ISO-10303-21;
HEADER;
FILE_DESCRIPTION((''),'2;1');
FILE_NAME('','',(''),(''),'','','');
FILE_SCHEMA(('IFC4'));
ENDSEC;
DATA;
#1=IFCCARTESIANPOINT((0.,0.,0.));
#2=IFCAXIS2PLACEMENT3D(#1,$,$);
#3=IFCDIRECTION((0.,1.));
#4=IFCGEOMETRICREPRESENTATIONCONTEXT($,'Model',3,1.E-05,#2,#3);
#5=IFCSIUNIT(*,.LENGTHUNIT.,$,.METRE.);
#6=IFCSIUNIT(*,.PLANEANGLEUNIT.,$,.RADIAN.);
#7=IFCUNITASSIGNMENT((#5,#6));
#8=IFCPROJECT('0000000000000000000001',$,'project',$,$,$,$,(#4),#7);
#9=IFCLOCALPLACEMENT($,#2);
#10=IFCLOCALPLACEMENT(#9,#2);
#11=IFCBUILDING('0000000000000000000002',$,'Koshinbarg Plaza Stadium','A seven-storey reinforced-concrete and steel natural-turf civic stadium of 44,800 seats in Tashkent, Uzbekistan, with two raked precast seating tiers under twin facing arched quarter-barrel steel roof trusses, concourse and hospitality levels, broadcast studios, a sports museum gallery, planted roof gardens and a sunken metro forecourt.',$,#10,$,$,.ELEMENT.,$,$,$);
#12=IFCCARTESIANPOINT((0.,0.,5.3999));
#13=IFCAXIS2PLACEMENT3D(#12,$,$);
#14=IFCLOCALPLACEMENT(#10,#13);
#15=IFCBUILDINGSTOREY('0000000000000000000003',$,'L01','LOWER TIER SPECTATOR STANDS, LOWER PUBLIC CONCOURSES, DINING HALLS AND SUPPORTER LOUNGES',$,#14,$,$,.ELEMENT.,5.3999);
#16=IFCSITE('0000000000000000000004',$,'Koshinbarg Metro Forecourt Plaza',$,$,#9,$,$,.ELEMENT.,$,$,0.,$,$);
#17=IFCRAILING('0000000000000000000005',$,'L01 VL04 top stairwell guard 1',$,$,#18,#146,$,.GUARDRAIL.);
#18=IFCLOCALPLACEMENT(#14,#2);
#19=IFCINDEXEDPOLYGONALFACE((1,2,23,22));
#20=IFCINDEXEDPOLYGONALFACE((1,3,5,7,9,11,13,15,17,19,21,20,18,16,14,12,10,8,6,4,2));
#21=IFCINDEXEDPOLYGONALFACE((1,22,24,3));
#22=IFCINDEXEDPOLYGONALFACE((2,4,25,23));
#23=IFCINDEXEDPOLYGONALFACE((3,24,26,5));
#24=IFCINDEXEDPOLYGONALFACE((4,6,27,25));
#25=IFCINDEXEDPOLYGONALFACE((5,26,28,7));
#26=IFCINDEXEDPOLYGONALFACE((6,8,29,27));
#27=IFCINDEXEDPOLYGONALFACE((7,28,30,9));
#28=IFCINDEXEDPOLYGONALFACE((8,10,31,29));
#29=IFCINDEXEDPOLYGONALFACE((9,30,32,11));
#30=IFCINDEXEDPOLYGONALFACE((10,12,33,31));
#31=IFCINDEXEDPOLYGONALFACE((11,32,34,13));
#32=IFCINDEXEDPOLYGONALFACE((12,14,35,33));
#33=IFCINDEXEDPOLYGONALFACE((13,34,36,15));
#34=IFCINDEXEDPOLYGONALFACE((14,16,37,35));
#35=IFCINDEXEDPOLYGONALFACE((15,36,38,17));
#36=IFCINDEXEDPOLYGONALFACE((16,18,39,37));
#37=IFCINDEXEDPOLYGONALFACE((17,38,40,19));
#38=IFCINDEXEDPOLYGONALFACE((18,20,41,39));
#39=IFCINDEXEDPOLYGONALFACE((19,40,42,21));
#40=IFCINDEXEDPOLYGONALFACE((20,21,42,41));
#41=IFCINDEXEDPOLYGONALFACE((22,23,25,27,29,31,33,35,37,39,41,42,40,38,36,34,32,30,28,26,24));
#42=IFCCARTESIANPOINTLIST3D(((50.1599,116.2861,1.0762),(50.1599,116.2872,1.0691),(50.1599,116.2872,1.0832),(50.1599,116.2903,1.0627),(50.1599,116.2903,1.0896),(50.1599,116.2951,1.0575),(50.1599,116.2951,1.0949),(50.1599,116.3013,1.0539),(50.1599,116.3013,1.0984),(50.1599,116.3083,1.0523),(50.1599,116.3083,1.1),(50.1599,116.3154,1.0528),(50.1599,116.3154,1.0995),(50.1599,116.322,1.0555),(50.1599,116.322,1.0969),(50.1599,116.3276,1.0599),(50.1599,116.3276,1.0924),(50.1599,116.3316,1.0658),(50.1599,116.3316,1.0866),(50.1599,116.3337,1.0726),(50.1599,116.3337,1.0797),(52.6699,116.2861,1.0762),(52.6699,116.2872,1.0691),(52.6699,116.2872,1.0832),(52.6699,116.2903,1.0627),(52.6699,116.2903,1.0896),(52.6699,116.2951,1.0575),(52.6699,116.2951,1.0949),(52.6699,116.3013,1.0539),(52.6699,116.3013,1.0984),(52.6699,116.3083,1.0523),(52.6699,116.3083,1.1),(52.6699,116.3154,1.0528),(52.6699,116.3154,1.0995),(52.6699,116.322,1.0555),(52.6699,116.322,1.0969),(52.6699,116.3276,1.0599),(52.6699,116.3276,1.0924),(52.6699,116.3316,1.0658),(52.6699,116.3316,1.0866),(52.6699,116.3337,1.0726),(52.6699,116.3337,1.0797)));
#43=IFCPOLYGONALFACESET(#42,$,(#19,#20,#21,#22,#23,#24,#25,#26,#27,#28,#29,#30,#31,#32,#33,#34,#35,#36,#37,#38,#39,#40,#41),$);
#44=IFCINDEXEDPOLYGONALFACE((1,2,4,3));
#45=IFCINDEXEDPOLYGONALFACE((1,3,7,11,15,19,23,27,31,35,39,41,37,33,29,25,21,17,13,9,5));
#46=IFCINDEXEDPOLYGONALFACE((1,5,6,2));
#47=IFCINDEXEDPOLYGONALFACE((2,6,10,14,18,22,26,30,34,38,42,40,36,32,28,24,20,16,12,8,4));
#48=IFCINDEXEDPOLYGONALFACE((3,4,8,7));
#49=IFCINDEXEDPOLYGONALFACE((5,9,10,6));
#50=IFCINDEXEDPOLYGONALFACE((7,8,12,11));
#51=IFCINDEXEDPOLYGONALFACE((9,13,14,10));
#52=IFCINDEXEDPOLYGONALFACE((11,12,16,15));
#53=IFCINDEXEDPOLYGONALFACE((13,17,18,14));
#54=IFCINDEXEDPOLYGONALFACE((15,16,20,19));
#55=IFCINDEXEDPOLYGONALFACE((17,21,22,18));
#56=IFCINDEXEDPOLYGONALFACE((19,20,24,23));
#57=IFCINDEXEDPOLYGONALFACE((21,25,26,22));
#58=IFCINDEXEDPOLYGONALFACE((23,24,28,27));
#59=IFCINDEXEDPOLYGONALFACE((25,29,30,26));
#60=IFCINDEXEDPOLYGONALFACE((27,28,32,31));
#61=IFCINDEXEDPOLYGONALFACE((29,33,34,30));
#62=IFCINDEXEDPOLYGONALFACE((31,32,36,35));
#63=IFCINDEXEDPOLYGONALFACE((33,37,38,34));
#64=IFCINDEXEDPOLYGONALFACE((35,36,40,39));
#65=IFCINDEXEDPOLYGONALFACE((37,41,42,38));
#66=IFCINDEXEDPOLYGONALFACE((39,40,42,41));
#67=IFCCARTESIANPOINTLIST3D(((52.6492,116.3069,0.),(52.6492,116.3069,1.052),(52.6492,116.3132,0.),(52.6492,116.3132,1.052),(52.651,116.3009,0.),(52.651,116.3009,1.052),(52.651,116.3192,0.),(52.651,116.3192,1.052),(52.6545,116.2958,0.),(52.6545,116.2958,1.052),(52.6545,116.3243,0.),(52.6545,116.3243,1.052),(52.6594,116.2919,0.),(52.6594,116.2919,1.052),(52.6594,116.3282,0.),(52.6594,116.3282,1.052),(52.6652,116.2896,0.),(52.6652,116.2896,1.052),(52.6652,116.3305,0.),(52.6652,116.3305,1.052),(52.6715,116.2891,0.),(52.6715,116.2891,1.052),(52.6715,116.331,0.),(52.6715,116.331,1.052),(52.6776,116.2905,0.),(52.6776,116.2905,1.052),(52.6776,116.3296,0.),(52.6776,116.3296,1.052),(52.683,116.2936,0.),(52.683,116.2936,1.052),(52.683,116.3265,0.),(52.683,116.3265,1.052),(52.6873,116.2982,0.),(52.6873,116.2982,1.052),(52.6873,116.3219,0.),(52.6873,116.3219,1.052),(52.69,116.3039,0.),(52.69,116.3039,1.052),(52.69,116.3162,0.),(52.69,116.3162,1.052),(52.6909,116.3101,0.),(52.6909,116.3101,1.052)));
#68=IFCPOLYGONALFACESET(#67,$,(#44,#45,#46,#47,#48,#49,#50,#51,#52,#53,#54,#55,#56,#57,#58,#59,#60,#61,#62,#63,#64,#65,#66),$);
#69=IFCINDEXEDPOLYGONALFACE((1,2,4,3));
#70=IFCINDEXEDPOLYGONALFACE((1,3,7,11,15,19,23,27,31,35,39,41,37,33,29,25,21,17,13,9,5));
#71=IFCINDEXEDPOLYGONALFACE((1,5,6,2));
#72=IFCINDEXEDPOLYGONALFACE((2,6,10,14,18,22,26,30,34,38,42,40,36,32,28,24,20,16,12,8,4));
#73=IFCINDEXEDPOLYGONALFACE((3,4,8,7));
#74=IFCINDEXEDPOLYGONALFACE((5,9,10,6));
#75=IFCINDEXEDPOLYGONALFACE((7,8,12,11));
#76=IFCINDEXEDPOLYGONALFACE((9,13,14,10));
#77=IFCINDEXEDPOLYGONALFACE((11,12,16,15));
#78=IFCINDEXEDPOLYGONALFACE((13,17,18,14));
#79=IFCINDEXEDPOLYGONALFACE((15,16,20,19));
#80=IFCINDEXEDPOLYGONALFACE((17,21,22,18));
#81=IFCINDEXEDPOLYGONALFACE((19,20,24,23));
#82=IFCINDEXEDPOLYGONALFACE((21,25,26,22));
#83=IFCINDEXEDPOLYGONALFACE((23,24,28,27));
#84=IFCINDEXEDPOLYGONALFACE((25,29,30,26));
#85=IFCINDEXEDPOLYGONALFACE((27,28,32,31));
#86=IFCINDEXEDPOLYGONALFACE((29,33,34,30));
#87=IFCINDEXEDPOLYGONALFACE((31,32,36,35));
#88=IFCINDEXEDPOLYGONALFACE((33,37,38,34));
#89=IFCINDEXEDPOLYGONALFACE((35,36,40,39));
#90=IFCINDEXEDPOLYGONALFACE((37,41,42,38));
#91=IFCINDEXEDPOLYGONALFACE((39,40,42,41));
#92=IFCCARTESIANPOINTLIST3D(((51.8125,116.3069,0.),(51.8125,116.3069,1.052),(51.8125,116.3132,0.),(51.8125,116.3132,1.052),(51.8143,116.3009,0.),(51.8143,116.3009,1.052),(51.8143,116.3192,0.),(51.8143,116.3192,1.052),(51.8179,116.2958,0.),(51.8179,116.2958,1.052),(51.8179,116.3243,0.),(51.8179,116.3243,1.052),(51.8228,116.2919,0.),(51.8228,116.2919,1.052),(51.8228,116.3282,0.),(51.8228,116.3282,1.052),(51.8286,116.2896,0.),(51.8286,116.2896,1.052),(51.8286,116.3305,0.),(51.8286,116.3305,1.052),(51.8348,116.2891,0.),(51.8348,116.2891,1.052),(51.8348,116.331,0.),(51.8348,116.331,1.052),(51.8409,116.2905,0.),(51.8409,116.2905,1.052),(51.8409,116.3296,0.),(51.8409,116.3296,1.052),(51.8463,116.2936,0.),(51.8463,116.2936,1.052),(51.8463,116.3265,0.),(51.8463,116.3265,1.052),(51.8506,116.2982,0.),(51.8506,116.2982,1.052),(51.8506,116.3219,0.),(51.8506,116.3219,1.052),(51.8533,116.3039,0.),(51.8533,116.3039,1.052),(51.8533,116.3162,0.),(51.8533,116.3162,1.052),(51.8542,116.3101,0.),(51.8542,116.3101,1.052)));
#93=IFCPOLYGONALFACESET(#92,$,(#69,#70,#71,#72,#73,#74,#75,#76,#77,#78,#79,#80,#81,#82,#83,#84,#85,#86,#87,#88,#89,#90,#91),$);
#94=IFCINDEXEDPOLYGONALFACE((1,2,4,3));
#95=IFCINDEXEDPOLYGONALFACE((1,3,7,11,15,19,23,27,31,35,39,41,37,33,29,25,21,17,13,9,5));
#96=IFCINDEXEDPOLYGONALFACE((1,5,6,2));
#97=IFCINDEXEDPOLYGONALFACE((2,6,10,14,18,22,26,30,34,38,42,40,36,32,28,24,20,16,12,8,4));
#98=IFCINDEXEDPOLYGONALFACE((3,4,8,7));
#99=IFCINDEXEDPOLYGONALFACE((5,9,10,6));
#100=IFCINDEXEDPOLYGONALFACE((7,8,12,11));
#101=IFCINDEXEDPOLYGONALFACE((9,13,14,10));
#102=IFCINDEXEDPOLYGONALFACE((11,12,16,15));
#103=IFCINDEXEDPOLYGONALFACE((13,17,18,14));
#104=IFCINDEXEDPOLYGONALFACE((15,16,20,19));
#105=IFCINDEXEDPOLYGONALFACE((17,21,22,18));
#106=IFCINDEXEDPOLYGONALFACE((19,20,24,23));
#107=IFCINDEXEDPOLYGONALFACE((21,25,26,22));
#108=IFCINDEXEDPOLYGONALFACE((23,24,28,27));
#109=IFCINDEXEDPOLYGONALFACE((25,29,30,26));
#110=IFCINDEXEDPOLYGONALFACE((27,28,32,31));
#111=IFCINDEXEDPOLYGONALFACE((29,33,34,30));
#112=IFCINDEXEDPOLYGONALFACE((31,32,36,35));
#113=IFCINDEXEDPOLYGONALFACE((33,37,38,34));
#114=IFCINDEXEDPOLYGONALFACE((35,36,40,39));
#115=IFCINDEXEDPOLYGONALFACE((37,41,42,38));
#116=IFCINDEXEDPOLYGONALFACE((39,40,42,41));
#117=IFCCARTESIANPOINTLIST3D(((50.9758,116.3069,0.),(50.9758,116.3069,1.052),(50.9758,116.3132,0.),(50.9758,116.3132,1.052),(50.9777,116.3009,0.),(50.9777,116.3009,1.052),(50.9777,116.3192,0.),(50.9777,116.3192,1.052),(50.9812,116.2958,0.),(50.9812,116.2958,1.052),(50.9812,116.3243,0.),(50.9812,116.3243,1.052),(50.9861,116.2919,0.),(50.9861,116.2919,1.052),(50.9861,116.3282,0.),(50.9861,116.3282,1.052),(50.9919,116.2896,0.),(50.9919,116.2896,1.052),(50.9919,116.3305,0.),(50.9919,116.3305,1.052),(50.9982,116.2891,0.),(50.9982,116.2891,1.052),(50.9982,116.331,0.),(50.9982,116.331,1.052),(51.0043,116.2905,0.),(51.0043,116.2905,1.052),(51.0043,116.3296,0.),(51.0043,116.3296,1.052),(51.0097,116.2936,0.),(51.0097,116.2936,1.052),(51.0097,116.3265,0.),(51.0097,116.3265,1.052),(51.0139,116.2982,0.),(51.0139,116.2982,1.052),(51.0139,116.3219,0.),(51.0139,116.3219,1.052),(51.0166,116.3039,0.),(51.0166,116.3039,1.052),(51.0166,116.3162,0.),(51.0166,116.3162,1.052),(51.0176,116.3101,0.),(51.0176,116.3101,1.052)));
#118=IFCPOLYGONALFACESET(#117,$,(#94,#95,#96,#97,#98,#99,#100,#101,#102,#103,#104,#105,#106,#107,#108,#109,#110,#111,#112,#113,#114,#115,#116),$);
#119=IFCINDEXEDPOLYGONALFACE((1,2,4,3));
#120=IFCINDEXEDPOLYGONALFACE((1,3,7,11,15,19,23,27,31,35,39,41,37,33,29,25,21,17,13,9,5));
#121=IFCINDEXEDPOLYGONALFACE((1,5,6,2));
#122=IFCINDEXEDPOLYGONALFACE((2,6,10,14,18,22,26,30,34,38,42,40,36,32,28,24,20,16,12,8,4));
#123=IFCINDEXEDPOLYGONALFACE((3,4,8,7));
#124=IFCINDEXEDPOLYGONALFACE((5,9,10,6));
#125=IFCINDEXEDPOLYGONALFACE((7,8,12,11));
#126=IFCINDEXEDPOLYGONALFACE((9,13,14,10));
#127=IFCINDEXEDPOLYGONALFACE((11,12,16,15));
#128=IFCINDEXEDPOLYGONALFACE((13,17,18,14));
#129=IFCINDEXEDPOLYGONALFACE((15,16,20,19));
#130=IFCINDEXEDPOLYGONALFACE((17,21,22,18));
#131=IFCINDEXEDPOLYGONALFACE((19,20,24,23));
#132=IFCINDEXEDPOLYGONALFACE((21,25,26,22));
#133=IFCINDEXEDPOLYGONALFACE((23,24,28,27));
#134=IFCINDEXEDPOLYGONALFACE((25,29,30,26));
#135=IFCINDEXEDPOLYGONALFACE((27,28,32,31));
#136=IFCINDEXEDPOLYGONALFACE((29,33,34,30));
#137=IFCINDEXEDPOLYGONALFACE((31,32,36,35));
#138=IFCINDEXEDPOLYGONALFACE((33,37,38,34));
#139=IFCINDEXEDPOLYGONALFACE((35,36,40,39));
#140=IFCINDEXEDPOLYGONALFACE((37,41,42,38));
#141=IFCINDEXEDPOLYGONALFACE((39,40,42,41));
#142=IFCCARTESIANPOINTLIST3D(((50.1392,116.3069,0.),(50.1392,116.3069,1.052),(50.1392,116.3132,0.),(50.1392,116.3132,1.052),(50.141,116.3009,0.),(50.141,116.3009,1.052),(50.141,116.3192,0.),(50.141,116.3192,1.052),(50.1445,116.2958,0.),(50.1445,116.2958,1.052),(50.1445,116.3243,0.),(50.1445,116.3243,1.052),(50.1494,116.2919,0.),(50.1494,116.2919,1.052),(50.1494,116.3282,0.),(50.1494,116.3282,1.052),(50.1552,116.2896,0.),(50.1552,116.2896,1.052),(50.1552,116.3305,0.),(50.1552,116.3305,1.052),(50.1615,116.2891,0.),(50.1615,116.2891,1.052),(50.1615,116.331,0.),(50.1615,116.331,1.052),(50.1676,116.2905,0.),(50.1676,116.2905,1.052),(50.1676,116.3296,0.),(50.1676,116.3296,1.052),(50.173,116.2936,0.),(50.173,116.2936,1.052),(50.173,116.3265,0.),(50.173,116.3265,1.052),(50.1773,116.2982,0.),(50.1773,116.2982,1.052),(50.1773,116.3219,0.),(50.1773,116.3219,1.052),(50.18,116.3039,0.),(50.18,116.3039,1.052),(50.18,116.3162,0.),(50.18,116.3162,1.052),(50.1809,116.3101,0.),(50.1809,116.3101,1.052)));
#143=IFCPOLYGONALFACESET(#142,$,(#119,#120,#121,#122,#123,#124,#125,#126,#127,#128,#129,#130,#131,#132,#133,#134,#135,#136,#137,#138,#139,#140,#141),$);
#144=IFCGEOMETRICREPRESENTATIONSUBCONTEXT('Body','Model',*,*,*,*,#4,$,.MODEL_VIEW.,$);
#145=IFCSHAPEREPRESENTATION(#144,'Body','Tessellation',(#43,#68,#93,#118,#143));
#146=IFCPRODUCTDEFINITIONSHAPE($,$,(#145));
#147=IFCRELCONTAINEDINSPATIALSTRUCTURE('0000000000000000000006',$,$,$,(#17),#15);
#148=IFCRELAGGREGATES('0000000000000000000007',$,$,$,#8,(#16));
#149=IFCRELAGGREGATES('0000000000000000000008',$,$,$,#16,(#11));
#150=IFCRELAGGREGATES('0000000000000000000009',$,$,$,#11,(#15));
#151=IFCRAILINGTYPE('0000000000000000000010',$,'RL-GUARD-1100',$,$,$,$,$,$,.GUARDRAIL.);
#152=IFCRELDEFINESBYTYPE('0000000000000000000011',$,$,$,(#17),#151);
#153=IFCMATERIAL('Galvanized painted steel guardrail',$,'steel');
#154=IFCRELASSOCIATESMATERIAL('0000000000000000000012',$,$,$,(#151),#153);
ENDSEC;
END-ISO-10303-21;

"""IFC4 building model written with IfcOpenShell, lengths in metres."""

from ifc_helpers import new_model, si_unit, direction, frame, origin, origin_2d, place, context, subcontext, project, spatial, circle, extrude, material, type_object, element, save


model = new_model("IFC4")

# Units and contexts
model_context = context("Model", 3, precision=1e-05, world=origin(), true_north=direction((0.0, 1.0)))
body_context = subcontext(model_context, "Body", "Model", "MODEL_VIEW")
ifc_project = project(units=[si_unit("LENGTHUNIT", "METRE"), si_unit("PLANEANGLEUNIT", "RADIAN")], contexts=[model_context])

# Site, building, storey
site_placement = place(None, origin())
site = spatial("IfcSite", under=ifc_project, at=site_placement, Name="Koshinbarg Metro Forecourt Plaza", CompositionType="ELEMENT", RefElevation=0.0)
building_placement = place(site_placement, origin())
building = spatial("IfcBuilding", under=site, at=building_placement, Name="Koshinbarg Plaza Stadium", Description="A seven-storey reinforced-concrete and steel natural-turf civic stadium of 44,800 seats in Tashkent, Uzbekistan, with two raked precast seating tiers under twin facing arched quarter-barrel steel roof trusses, concourse and hospitality levels, broadcast studios, a sports museum gallery, planted roof gardens and a sunken metro forecourt.", CompositionType="ELEMENT")
storey_placement = place(building_placement, frame((0.0, 0.0, 5.3999)))
storey = spatial("IfcBuildingStorey", under=building, at=storey_placement, Name="L01", Description="LOWER TIER SPECTATOR STANDS, LOWER PUBLIC CONCOURSES, DINING HALLS AND SUPPORTER LOUNGES", CompositionType="ELEMENT", Elevation=5.3999)

# Railing
ifc_material_1 = material(Name="Galvanized painted steel guardrail", Category="steel")
railing_type_1 = type_object("IfcRailingType", Name="RL-GUARD-1100", PredefinedType="GUARDRAIL", material=ifc_material_1)
railing_1_placement = place(storey_placement, frame((52.6699, 116.3101, 0.0)))
element("IfcRailing", 1, at=railing_1_placement, inside=storey, type_object=railing_type_1, Name="L01 VL04 top stairwell guard 1", PredefinedType="GUARDRAIL", context=body_context, shape_type="SweptSolid", body=[
    extrude(circle(Radius=0.0239, at=origin_2d()), frame((0.0, 0.0, 1.0762), z_axis=(-1.0, 0.0, 0.0), x_axis=(0.0, -1.0, 0.0)), (0.0, 0.0, 1.0), 2.51),
    extrude(circle(Radius=0.021, at=origin_2d()), origin(), (0.0, 0.0, 1.0), 1.052),
    extrude(circle(Radius=0.021, at=origin_2d()), frame((-0.8367, 0.0, 0.0)), (0.0, 0.0, 1.0), 1.052),
    extrude(circle(Radius=0.021, at=origin_2d()), frame((-1.6733, 0.0, 0.0)), (0.0, 0.0, 1.0), 1.052),
    extrude(circle(Radius=0.021, at=origin_2d()), frame((-2.51, 0.0, 0.0)), (0.0, 0.0, 1.0), 1.052),
])

save(model, "model.ifc")
